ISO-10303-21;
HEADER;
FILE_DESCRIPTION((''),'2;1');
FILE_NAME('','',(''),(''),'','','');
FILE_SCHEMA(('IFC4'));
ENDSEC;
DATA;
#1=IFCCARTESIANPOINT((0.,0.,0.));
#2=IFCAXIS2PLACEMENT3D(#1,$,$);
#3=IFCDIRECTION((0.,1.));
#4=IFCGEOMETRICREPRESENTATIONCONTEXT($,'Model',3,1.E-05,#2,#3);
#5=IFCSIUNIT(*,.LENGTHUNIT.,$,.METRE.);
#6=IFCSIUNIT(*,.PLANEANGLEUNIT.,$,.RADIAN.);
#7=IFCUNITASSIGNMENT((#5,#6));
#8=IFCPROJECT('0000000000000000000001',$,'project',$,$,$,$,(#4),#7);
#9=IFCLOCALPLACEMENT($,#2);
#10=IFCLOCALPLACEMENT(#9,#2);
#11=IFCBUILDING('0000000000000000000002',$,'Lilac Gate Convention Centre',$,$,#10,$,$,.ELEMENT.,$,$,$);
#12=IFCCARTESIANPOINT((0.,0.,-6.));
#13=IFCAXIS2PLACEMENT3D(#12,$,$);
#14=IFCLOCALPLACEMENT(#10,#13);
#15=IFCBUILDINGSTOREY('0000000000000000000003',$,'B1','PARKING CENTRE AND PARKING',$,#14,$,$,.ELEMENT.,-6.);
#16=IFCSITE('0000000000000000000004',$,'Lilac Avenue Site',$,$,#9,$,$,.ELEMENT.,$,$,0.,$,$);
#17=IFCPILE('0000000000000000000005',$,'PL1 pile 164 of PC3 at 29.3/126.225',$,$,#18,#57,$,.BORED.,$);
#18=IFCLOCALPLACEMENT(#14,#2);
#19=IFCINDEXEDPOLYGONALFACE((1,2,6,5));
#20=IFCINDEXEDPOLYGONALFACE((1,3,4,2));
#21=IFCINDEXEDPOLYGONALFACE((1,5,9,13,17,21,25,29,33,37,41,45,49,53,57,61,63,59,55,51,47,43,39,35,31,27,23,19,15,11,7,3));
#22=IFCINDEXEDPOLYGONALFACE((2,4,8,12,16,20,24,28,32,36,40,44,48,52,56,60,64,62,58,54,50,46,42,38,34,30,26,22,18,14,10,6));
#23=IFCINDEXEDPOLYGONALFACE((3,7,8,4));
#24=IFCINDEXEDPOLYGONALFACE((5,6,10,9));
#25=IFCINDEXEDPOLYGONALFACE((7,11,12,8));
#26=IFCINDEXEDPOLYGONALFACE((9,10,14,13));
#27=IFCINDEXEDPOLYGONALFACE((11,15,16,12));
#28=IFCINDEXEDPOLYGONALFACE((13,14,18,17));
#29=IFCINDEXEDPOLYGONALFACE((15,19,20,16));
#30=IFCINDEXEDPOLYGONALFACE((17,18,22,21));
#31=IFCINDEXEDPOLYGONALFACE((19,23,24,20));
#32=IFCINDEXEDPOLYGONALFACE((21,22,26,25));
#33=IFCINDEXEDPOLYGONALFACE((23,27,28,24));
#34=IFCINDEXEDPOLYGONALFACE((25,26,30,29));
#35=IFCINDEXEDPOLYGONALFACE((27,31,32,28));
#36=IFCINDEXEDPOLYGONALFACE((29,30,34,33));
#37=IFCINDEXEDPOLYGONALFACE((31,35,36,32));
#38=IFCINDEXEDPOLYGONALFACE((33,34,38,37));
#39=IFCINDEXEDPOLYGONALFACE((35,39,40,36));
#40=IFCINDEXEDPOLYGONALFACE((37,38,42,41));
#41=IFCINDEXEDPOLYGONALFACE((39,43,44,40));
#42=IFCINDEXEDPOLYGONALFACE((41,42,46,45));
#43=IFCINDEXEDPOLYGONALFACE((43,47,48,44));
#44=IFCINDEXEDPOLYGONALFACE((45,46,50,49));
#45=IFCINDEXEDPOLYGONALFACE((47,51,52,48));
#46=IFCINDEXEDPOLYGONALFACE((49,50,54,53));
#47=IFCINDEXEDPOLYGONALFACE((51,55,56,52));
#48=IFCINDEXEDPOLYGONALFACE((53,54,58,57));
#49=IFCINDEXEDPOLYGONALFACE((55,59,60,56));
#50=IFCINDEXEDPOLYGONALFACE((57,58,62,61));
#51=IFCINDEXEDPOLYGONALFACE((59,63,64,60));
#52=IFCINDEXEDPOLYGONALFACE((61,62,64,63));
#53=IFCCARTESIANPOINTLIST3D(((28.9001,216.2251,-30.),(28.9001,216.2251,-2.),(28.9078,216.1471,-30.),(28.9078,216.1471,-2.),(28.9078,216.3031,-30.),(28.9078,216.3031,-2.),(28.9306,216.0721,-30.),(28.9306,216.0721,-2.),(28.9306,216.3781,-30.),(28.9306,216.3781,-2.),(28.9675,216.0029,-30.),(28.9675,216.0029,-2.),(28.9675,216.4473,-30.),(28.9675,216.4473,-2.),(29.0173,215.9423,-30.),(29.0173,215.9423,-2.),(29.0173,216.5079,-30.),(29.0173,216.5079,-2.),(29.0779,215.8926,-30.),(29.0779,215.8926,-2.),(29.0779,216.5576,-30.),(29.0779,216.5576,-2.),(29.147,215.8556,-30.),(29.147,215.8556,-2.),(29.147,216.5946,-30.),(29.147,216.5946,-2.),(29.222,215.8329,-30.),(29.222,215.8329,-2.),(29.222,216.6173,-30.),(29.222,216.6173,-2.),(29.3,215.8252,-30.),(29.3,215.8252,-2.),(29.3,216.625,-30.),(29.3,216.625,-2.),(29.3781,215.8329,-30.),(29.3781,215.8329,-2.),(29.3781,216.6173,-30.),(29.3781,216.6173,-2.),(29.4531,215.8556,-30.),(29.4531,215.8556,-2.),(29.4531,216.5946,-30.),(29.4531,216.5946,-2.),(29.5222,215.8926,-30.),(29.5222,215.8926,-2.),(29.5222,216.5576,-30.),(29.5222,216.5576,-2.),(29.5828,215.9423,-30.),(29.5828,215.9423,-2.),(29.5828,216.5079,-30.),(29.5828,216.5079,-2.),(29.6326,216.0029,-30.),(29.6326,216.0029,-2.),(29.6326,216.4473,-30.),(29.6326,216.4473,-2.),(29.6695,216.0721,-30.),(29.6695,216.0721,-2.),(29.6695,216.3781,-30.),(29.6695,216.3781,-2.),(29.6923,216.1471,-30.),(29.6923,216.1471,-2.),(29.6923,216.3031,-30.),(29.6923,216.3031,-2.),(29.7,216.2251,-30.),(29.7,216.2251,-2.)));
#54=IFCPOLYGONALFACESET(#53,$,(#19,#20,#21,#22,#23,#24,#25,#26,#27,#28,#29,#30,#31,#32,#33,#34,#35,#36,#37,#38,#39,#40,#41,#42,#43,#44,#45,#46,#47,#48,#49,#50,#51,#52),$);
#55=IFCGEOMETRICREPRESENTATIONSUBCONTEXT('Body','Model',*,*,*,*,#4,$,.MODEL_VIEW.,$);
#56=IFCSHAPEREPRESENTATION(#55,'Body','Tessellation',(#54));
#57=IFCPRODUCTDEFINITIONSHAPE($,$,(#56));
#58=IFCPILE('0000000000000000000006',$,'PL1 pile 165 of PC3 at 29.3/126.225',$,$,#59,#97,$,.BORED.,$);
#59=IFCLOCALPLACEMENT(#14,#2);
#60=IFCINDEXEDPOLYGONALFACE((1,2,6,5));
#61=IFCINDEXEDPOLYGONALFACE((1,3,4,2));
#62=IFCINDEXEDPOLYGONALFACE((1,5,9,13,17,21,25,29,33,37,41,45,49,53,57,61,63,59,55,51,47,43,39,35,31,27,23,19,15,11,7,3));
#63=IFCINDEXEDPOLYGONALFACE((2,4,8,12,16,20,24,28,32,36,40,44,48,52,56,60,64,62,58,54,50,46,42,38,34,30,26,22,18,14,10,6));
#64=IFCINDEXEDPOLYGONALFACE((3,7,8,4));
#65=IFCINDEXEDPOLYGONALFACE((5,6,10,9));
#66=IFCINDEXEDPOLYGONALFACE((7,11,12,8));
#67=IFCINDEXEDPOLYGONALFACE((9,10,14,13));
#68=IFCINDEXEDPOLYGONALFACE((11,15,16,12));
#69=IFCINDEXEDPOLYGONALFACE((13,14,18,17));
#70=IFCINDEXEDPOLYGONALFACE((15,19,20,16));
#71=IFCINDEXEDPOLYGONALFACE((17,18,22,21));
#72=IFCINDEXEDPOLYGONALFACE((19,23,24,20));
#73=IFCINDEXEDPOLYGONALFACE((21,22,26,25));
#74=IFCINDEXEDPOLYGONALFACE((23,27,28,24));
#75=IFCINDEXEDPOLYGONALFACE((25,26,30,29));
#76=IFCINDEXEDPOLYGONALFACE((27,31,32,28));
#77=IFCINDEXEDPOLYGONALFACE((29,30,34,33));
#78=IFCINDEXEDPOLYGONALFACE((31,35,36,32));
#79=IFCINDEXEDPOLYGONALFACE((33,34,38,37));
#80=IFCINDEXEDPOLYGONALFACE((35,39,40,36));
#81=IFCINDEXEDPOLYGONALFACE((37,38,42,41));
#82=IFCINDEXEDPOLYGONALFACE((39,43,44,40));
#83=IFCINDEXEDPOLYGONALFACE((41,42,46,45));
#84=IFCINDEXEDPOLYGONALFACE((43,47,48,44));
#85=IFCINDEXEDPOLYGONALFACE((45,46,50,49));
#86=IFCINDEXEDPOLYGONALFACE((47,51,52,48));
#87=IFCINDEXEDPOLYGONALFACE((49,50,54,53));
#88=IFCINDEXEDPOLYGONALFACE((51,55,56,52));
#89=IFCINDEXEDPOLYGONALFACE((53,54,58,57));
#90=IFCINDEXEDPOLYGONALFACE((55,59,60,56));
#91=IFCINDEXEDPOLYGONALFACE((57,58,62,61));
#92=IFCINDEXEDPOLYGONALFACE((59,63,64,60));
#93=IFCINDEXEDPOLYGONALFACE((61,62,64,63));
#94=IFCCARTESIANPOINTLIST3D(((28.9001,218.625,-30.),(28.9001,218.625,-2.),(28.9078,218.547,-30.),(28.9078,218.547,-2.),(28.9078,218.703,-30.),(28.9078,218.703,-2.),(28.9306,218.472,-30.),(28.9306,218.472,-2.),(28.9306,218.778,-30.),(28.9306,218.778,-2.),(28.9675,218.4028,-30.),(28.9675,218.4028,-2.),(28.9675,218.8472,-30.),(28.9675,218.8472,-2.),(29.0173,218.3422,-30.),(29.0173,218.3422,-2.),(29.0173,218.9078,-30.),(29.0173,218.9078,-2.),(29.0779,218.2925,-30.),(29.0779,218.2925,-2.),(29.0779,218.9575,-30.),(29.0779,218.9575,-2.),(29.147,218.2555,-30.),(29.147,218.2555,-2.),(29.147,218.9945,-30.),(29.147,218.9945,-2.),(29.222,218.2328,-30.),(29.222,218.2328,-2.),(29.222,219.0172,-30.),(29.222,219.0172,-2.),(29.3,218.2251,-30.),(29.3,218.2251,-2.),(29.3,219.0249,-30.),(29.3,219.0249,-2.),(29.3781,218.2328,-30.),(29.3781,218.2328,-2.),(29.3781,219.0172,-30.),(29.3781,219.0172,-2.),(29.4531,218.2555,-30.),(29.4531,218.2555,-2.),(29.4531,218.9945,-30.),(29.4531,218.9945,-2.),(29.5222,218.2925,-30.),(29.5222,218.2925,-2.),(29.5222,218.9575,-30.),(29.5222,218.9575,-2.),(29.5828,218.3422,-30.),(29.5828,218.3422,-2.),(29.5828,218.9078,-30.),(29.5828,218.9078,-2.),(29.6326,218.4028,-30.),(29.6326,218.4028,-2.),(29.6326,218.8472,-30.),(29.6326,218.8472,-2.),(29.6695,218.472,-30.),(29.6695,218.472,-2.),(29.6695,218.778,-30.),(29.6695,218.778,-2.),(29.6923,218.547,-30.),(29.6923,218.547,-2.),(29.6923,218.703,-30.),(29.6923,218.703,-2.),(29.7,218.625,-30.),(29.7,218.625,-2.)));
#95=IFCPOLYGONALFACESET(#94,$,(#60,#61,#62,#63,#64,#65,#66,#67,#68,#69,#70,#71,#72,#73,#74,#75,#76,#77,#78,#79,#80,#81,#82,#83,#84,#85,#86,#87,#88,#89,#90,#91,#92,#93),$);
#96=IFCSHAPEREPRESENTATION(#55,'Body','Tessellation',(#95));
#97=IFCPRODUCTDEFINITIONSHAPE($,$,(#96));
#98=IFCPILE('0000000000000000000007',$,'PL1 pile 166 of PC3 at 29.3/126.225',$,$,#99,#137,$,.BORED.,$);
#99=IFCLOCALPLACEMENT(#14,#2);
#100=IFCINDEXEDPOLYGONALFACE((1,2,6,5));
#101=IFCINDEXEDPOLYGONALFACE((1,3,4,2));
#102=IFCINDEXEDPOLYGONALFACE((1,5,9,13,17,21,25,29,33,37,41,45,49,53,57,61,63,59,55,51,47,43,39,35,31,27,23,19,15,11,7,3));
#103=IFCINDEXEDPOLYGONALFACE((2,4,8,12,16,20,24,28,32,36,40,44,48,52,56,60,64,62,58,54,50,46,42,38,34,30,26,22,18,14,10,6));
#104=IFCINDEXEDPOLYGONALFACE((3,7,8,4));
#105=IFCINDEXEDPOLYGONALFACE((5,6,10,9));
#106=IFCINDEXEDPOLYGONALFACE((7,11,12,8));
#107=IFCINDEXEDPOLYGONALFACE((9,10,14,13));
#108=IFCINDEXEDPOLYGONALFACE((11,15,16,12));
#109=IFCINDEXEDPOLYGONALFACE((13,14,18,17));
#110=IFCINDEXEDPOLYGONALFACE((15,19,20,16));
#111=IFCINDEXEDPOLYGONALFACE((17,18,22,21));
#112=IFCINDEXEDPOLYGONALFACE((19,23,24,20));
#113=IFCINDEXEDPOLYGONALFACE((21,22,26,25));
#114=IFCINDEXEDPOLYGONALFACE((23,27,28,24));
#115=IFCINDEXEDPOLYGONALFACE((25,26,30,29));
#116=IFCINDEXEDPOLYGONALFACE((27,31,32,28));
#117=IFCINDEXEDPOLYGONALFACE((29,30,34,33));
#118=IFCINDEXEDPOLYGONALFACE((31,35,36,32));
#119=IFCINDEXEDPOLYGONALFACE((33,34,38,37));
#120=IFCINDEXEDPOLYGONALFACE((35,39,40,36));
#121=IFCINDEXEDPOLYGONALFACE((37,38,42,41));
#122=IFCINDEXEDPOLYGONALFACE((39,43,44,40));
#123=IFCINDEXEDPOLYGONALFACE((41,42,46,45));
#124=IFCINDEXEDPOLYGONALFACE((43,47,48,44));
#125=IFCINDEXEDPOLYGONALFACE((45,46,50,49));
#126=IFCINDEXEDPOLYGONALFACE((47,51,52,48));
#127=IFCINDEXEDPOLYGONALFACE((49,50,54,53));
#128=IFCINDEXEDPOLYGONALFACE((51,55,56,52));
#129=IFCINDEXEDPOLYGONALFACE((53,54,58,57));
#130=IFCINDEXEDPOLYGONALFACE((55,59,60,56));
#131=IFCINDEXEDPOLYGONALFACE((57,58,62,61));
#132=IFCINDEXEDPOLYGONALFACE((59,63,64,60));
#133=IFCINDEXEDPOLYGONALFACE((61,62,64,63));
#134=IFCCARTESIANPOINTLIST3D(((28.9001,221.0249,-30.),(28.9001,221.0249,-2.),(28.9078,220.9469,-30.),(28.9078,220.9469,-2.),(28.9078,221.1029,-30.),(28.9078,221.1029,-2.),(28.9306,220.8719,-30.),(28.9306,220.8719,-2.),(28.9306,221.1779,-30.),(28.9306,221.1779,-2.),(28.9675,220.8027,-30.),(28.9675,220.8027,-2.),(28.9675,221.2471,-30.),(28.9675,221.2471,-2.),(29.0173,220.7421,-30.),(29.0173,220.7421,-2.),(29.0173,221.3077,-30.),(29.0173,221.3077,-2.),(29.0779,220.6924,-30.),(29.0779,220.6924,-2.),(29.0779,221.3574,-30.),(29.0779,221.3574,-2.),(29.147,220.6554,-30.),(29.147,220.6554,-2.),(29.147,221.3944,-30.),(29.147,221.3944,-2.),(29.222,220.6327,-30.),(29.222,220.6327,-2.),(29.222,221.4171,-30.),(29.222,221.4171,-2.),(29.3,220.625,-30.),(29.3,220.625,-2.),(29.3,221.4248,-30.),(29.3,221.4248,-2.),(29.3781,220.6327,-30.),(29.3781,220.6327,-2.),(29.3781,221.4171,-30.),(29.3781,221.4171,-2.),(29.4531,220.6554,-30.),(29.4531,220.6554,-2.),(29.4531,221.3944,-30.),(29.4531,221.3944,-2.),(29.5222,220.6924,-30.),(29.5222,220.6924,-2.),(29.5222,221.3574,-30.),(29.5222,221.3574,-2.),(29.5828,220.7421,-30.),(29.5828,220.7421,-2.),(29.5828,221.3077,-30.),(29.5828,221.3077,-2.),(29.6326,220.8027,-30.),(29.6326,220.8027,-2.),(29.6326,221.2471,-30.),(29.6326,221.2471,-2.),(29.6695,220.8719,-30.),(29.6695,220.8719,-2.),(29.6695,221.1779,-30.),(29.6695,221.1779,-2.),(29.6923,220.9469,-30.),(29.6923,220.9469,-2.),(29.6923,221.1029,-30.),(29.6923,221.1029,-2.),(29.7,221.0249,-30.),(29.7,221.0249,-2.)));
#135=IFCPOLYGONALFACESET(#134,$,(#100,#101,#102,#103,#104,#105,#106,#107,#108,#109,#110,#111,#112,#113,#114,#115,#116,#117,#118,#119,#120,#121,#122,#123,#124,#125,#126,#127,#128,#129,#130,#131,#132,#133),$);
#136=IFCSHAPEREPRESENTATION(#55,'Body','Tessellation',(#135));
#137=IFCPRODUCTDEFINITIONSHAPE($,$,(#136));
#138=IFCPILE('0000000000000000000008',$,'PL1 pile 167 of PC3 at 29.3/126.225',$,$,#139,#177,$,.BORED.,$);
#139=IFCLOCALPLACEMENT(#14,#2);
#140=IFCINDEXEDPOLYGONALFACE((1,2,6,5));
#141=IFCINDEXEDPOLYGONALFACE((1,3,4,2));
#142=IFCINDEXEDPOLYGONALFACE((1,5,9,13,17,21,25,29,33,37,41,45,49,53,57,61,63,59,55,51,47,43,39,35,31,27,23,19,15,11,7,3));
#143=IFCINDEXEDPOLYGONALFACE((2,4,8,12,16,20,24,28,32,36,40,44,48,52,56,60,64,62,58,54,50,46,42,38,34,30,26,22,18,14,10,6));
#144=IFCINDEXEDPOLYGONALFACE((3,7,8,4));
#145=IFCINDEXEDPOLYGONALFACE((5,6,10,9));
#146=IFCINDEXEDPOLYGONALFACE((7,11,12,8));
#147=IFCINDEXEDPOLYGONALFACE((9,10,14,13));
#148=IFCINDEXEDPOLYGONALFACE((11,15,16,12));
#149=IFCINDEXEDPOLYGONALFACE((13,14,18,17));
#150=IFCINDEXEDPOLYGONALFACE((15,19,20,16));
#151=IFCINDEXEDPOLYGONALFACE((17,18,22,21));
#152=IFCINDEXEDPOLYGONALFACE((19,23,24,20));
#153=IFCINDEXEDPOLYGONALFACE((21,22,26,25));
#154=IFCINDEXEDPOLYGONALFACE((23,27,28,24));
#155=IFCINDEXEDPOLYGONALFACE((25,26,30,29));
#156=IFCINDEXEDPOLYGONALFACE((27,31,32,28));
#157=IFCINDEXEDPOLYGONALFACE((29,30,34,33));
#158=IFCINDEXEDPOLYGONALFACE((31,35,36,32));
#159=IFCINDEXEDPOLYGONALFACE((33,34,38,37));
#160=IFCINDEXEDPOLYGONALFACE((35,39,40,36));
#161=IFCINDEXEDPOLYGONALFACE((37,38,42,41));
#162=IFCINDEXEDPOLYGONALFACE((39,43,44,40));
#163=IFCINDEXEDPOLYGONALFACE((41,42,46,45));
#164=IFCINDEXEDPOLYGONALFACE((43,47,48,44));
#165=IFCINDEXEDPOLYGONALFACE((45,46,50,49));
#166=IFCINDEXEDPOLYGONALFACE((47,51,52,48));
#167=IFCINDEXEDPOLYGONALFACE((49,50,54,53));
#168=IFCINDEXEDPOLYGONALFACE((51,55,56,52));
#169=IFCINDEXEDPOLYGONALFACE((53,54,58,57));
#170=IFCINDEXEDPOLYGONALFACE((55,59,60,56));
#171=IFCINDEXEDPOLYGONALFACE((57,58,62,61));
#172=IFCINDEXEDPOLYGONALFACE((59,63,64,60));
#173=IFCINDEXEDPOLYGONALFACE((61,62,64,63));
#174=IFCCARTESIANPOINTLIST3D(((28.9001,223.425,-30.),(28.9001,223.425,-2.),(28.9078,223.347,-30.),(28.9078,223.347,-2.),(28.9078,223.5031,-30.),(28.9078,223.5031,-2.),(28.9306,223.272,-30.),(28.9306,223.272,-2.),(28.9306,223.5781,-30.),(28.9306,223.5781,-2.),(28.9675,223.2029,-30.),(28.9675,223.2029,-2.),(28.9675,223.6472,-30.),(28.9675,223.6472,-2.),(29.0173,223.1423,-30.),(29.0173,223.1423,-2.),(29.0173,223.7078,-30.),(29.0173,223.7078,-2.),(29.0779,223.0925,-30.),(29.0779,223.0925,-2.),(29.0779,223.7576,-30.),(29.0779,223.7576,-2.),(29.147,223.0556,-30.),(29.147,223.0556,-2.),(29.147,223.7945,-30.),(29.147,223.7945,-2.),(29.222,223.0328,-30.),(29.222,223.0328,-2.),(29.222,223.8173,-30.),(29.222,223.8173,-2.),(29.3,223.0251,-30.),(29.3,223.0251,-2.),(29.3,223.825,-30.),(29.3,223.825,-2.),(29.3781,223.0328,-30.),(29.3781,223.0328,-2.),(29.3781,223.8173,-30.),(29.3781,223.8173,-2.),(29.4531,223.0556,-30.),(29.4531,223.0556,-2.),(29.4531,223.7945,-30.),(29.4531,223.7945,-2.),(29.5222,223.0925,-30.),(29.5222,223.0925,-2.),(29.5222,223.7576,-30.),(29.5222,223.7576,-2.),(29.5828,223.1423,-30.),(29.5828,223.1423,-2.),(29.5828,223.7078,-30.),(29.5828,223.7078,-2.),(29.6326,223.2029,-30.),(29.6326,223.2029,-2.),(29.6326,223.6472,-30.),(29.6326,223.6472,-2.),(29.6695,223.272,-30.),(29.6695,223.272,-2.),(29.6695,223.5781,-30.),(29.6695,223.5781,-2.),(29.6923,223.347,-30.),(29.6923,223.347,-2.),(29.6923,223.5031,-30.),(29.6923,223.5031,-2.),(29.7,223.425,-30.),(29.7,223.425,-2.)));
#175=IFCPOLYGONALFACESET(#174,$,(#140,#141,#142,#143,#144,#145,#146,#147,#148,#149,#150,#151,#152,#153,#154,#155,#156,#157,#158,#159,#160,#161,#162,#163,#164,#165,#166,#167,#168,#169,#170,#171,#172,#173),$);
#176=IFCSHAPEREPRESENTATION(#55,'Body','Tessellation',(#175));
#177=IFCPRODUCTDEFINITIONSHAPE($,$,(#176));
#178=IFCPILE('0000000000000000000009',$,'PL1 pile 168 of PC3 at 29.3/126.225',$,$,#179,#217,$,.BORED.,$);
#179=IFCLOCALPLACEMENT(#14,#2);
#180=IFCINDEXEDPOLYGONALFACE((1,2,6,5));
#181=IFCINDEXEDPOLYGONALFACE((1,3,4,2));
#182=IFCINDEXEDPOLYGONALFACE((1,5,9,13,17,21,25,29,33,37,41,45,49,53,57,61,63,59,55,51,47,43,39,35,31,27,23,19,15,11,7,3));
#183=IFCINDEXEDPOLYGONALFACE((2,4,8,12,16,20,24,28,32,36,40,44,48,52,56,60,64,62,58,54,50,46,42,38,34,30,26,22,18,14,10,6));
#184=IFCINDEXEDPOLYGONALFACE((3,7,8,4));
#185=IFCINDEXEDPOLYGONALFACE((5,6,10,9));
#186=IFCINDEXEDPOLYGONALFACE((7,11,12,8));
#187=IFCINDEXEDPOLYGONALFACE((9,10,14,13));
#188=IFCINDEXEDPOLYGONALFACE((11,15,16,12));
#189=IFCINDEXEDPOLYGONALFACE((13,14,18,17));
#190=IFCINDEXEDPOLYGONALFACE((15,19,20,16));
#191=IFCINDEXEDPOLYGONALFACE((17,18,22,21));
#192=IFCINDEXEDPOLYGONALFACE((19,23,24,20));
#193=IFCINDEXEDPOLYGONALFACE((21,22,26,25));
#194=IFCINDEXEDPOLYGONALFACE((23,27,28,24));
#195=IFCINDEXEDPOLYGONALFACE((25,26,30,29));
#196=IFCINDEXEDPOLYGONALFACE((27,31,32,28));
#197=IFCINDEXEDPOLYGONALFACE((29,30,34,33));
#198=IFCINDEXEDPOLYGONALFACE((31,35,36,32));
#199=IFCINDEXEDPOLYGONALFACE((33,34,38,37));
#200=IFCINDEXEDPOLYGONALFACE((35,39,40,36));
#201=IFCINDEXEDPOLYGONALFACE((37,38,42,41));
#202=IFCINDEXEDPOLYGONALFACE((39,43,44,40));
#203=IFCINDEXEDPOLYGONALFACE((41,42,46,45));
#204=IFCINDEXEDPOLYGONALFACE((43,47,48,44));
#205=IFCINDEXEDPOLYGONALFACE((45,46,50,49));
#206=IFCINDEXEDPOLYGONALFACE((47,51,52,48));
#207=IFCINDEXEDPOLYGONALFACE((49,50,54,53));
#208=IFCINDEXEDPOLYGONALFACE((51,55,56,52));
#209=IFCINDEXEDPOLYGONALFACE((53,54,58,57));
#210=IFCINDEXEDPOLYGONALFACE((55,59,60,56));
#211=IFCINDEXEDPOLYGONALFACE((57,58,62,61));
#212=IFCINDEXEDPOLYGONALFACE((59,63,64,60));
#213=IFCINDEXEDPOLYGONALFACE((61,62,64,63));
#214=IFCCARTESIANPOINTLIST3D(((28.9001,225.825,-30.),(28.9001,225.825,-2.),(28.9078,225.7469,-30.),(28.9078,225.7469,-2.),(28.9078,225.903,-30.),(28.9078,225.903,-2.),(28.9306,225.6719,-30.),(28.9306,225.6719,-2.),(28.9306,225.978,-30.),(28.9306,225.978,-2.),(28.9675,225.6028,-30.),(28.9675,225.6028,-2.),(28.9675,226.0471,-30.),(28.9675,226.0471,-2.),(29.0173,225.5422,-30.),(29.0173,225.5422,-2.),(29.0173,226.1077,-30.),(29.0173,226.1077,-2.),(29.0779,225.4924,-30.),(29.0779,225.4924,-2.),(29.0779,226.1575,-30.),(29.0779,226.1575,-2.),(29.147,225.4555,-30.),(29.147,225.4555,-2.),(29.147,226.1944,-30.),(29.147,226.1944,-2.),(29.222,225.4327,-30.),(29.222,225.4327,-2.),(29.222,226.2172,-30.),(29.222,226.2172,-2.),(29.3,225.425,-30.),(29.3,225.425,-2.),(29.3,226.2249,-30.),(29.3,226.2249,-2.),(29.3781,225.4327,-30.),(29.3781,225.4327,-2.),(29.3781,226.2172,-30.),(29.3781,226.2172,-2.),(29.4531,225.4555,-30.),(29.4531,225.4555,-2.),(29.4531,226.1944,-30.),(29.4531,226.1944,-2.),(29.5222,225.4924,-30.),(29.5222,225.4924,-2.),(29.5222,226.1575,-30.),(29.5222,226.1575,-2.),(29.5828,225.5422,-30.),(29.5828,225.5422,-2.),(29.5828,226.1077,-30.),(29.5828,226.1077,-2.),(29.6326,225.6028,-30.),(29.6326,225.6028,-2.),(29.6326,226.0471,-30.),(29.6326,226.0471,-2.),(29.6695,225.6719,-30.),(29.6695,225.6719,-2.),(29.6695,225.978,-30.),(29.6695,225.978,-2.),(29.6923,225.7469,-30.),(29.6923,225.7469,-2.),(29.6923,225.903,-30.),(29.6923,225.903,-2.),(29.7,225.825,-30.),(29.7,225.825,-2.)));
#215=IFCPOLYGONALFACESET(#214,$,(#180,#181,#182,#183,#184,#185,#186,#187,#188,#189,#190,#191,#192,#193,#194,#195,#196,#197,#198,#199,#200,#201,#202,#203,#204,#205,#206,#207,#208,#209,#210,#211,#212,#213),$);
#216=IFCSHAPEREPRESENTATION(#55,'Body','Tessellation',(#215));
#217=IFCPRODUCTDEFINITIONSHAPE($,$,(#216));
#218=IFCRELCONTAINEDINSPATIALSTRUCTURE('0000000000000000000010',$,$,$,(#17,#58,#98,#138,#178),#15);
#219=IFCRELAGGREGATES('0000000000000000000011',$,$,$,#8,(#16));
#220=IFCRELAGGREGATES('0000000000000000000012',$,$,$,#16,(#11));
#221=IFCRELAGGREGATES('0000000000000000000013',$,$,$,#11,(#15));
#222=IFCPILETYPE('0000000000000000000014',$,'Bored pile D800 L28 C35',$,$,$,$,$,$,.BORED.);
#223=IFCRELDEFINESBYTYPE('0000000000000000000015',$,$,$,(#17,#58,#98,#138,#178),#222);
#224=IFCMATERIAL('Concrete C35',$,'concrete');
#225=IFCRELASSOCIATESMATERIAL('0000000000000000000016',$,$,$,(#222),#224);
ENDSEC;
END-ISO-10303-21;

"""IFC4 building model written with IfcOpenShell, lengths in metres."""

from ifc_helpers import new_model, si_unit, direction, frame, origin, origin_2d, place, context, subcontext, project, spatial, circle, extrude, material, material_profile, profile_set, type_object, element, save


model = new_model("IFC4")

# Units and contexts
model_context = context("Model", 3, precision=1e-05, world=origin(), true_north=direction((0.0, 1.0)))
body_context = subcontext(model_context, "Body", "Model", "MODEL_VIEW")
ifc_project = project(units=[si_unit("LENGTHUNIT", "METRE"), si_unit("PLANEANGLEUNIT", "RADIAN")], contexts=[model_context])

# Site, building, storey
site_placement = place(None, origin())
site = spatial("IfcSite", under=ifc_project, at=site_placement, Name="Lilac Avenue Site", CompositionType="ELEMENT", RefElevation=0.0)
building_placement = place(site_placement, origin())
building = spatial("IfcBuilding", under=site, at=building_placement, Name="Lilac Gate Convention Centre", CompositionType="ELEMENT")
storey_placement = place(building_placement, frame((0.0, 0.0, -6.0)))
storey = spatial("IfcBuildingStorey", under=building, at=storey_placement, Name="B1", Description="PARKING CENTRE AND PARKING", CompositionType="ELEMENT", Elevation=-6.0)

# Piles
ifc_material_1 = material(Name="Concrete C35", Category="concrete")
ifc_material_profile_1 = material_profile(ifc_material_1, circle(Radius=0.3999, at=origin_2d()), Name="D800")
ifc_profile_set_1 = profile_set([ifc_material_profile_1], Name="Concrete C35")
pile_type_1 = type_object("IfcPileType", Name="Bored pile D800 L28 C35", PredefinedType="BORED", material=ifc_profile_set_1)
for number, where, z_axis, x_axis, name in (
    (1, (29.3, 216.2251, -2.0), (0.0, 0.0, -1.0), (1.0, 0.0, 0.0), "PL1 pile 164 of PC3 at 29.3/126.225"),
    (2, (29.3, 218.625, -2.0), (0.0, 0.0, -1.0), (1.0, 0.0, 0.0), "PL1 pile 165 of PC3 at 29.3/126.225"),
    (3, (29.3, 221.0249, -2.0), (0.0, 0.0, -1.0), (1.0, 0.0, 0.0), "PL1 pile 166 of PC3 at 29.3/126.225"),
    (4, (29.3, 223.425, -2.0), (0.0, 0.0, -1.0), (1.0, 0.0, 0.0), "PL1 pile 167 of PC3 at 29.3/126.225"),
    (5, (29.3, 225.825, -2.0), (0.0, 0.0, -1.0), (1.0, 0.0, 0.0), "PL1 pile 168 of PC3 at 29.3/126.225"),
):
    element("IfcPile", number, at=place(storey_placement, frame(where, z_axis=z_axis, x_axis=x_axis)), inside=storey, type_object=pile_type_1, Name=name, PredefinedType="BORED", context=body_context, shape_type="SweptSolid", body=[
        extrude(circle(Radius=0.3999, at=origin_2d()), origin(), (0.0, 0.0, 1.0), 28.0),
    ])

save(model, "model.ifc")
